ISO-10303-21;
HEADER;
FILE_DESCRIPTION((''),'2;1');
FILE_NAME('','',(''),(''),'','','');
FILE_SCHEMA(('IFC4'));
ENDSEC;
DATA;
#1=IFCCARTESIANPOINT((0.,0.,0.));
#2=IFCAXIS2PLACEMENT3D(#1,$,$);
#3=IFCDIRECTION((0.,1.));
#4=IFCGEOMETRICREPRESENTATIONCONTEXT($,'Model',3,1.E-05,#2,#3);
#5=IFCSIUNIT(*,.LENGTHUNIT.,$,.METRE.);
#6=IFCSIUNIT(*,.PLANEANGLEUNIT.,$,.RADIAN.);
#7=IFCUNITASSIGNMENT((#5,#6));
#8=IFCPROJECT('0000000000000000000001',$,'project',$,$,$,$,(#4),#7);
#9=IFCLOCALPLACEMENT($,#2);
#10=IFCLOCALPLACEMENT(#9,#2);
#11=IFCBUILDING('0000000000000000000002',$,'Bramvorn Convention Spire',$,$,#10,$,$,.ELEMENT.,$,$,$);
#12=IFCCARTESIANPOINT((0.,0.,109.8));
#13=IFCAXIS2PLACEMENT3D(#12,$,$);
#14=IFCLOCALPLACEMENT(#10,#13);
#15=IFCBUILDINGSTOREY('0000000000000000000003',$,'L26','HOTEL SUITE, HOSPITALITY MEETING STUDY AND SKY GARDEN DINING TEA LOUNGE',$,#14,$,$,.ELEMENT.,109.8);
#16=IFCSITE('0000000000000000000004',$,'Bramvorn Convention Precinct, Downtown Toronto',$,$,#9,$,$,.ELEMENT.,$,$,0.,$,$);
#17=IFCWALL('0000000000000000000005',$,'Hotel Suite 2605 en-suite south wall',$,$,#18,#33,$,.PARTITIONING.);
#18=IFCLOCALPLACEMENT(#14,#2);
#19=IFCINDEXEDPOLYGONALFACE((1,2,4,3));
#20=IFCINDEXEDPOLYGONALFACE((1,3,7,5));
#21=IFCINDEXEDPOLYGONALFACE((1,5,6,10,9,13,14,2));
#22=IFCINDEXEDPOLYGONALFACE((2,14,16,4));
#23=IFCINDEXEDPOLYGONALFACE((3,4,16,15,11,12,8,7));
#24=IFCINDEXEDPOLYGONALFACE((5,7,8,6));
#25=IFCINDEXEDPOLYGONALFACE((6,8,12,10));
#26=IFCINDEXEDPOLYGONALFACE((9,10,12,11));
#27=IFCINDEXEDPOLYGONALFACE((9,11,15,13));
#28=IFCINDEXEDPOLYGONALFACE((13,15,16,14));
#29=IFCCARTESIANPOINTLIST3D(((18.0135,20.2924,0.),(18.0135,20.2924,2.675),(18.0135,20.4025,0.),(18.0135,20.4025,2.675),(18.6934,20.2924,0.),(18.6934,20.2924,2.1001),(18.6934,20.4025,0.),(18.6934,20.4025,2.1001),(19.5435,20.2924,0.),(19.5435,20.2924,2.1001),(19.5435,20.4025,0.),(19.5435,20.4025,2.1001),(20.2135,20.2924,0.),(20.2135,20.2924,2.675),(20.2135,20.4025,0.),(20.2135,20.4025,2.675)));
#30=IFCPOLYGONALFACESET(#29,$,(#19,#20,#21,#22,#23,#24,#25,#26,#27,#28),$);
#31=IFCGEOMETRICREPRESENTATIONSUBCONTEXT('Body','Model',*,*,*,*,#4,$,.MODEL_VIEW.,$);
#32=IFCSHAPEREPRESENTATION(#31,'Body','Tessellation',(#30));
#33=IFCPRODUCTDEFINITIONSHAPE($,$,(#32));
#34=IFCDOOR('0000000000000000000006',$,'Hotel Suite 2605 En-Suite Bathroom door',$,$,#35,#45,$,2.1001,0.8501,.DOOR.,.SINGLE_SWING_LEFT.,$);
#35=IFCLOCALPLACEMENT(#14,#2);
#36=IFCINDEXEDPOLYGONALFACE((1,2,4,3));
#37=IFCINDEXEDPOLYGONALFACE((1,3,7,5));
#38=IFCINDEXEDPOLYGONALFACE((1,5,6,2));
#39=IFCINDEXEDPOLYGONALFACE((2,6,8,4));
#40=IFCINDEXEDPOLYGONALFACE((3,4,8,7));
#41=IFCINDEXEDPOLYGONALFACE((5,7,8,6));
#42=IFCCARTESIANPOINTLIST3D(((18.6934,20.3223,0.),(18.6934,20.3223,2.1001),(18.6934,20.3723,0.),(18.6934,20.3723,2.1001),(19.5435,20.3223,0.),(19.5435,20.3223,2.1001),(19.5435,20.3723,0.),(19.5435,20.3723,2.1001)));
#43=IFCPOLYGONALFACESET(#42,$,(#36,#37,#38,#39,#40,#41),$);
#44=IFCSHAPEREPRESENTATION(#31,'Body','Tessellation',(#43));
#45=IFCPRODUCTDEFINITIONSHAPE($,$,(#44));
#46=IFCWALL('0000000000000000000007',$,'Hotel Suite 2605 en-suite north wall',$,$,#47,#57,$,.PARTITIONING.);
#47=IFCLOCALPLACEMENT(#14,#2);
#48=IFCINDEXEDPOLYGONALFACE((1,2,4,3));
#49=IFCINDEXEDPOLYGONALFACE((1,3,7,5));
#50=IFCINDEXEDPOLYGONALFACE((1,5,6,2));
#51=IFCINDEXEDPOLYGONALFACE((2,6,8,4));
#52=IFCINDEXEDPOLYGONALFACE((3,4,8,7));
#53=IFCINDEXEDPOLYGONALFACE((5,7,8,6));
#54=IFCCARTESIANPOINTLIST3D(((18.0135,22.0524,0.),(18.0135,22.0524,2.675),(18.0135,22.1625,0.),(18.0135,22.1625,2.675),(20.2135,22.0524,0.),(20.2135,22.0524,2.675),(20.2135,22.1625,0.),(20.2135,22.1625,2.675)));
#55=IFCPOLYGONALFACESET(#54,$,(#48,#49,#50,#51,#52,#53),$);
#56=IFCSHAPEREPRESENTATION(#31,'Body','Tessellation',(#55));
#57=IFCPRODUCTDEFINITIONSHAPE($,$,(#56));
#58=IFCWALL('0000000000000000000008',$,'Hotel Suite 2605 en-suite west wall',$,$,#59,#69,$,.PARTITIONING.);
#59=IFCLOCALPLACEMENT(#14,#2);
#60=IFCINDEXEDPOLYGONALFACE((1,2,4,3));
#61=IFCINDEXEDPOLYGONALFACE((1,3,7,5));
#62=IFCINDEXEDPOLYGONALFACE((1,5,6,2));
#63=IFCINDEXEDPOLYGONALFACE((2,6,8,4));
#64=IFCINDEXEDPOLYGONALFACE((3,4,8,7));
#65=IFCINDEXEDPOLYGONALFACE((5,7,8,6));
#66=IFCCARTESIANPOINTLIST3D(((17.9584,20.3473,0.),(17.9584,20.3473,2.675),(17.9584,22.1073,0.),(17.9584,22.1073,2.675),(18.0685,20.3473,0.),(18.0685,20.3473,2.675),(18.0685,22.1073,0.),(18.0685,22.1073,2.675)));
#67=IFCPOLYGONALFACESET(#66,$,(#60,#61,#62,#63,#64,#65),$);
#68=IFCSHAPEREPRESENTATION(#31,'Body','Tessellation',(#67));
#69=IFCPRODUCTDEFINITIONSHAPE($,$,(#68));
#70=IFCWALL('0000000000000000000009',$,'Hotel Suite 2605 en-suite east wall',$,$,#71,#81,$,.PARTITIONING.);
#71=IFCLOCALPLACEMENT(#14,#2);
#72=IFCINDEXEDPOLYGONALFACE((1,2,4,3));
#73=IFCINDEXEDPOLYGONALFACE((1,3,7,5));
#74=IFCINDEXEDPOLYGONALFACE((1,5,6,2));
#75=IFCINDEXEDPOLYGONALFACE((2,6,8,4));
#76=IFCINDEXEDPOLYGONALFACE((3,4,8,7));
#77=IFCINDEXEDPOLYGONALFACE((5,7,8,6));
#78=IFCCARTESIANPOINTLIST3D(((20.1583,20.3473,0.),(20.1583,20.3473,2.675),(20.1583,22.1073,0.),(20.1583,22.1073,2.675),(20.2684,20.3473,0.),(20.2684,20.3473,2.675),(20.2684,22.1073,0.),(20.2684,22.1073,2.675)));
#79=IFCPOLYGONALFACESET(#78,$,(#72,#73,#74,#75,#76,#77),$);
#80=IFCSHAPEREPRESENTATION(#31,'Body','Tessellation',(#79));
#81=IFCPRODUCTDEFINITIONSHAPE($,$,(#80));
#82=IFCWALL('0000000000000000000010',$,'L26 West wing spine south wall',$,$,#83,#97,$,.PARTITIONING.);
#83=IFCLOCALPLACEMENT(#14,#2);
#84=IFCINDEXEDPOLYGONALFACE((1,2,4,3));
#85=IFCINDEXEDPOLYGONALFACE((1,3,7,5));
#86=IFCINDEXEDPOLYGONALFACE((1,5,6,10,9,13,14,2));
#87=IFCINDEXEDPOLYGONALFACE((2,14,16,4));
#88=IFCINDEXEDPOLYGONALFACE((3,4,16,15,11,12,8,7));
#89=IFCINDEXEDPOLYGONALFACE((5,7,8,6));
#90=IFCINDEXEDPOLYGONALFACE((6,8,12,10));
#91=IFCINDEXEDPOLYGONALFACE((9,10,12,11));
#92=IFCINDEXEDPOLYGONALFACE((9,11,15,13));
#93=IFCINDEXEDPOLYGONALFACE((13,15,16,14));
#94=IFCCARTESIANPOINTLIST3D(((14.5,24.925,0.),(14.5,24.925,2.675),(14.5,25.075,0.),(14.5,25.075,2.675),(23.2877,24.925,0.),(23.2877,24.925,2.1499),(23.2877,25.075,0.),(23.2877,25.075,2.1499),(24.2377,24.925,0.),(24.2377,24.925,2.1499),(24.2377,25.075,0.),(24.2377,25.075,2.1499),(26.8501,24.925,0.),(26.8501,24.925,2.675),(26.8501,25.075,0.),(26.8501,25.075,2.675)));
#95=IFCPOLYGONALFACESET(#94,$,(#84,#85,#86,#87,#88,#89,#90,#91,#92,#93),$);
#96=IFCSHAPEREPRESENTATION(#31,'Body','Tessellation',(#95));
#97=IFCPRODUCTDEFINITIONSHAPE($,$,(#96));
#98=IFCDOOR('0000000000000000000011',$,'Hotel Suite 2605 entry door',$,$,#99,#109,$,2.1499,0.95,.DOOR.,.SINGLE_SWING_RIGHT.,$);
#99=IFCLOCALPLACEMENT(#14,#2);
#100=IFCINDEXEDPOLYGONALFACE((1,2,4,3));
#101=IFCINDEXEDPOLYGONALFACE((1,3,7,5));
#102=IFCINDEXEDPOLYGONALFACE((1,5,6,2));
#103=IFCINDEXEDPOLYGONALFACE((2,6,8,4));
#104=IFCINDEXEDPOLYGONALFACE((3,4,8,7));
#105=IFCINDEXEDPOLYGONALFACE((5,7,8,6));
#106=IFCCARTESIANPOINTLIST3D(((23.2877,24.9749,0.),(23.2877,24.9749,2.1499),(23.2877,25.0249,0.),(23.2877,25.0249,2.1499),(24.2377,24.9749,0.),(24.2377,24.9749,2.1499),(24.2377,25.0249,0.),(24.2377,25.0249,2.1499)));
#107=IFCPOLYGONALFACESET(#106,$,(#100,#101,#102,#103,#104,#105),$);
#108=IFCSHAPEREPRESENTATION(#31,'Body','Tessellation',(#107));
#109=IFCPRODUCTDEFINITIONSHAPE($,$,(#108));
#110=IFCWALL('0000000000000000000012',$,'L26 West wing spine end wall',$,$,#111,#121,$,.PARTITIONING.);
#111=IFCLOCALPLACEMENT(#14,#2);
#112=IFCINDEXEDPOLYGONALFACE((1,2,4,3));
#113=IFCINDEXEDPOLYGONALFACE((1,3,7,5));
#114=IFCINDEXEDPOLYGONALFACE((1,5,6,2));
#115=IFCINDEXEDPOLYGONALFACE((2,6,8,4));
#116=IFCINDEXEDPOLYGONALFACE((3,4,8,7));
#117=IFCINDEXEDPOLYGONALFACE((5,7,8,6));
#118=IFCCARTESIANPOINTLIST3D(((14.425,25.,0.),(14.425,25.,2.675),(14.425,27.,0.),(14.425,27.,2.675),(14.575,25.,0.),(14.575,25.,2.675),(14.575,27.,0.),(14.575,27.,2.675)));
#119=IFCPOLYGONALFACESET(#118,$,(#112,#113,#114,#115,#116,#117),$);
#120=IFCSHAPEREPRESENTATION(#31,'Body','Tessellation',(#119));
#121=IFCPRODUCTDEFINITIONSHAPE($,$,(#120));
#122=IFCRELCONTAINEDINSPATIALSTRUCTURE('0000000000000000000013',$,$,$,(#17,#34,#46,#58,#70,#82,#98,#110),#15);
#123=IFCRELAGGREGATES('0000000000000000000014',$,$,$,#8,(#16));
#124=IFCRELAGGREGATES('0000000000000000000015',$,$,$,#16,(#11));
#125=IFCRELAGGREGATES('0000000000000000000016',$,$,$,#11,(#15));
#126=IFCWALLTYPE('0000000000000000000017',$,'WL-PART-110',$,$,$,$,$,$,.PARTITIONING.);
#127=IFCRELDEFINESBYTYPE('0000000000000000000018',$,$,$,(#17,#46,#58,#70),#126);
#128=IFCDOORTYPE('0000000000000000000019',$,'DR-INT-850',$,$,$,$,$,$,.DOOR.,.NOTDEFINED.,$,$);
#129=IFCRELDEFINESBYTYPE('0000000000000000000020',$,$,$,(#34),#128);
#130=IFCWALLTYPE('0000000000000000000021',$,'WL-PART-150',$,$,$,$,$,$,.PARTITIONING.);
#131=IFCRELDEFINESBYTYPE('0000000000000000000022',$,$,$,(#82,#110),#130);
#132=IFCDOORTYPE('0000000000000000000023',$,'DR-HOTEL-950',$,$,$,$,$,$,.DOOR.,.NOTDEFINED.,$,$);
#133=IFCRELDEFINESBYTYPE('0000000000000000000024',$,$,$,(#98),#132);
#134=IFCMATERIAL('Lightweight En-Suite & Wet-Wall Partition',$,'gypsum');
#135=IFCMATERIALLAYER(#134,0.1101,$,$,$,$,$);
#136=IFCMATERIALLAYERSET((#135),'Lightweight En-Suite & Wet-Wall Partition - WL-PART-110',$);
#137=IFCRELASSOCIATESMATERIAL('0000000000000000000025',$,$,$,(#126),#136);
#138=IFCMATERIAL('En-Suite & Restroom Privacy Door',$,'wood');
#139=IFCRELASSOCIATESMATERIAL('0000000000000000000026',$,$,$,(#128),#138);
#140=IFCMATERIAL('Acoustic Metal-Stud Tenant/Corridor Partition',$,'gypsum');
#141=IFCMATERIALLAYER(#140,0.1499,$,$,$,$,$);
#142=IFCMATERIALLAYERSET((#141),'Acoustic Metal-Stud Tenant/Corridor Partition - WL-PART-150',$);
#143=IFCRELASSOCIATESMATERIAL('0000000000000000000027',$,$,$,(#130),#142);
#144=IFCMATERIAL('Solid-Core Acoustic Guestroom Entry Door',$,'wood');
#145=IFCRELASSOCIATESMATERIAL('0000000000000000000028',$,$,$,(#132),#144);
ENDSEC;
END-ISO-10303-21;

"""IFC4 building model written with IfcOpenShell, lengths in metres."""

from ifc_helpers import new_model, si_unit, direction, frame, frame_2d, origin, place, context, subcontext, project, spatial, rectangle, extrude, material, layer, layer_set, type_object, element, fill, save


model = new_model("IFC4")

# Units and contexts
model_context = context("Model", 3, precision=1e-05, world=origin(), true_north=direction((0.0, 1.0)))
body_context = subcontext(model_context, "Body", "Model", "MODEL_VIEW")
ifc_project = project(units=[si_unit("LENGTHUNIT", "METRE"), si_unit("PLANEANGLEUNIT", "RADIAN")], contexts=[model_context])

# Site, building, storey
site_placement = place(None, origin())
site = spatial("IfcSite", under=ifc_project, at=site_placement, Name="Bramvorn Convention Precinct, Downtown Toronto", CompositionType="ELEMENT", RefElevation=0.0)
building_placement = place(site_placement, origin())
building = spatial("IfcBuilding", under=site, at=building_placement, Name="Bramvorn Convention Spire", CompositionType="ELEMENT")
storey_placement = place(building_placement, frame((0.0, 0.0, 109.8)))
storey = spatial("IfcBuildingStorey", under=building, at=storey_placement, Name="L26", Description="HOTEL SUITE, HOSPITALITY MEETING STUDY AND SKY GARDEN DINING TEA LOUNGE", CompositionType="ELEMENT", Elevation=109.8)

# Wall, opening, door
ifc_material_1 = material(Name="Lightweight En-Suite & Wet-Wall Partition", Category="gypsum")
ifc_layer_1 = layer(ifc_material_1, 0.1101)
ifc_layer_set_1 = layer_set([ifc_layer_1], Name="Lightweight En-Suite & Wet-Wall Partition - WL-PART-110")
wall_type_1 = type_object("IfcWallType", Name="WL-PART-110", PredefinedType="PARTITIONING", material=ifc_layer_set_1)
wall_1_placement = place(storey_placement, frame((18.0134, 20.3474, 0.0), z_axis=(0.0, 0.0, 1.0), x_axis=(1.0, 0.0, 0.0)))
wall_1 = element("IfcWall", 1, at=wall_1_placement, inside=storey, type_object=wall_type_1, Name="Hotel Suite 2605 en-suite south wall", PredefinedType="PARTITIONING", context=body_context, shape_type="SweptSolid", body=[
    extrude(rectangle(XDim=2.2, YDim=0.1101, at=frame_2d((1.1001, 0.0))), origin(), (0.0, 0.0, 1.0), 2.675),
])
opening_1_placement = place(wall_1_placement, frame((0.6799, 0.0, 0.0)))
opening_1 = element("IfcOpeningElement", 2, at=opening_1_placement, cuts=wall_1, PredefinedType="OPENING", context=body_context, shape_type="SweptSolid", body=[
    extrude(rectangle(XDim=0.8501, YDim=2.1001, at=frame_2d((0.425, 1.05))), frame((0.0, 0.0649, 0.0), z_axis=(0.0, -1.0, 0.0), x_axis=(1.0, 0.0, 0.0)), (0.0, 0.0, 1.0), 0.1301),
])
ifc_material_2 = material(Name="En-Suite & Restroom Privacy Door", Category="wood")
door_type_1 = type_object("IfcDoorType", Name="DR-INT-850", OperationType="NOTDEFINED", PredefinedType="DOOR", material=ifc_material_2)
door_1_placement = place(opening_1_placement, origin())
door_1 = element("IfcDoor", 3, at=door_1_placement, inside=storey, type_object=door_type_1, Name="Hotel Suite 2605 En-Suite Bathroom door", OperationType="SINGLE_SWING_LEFT", OverallHeight=2.1001, OverallWidth=0.8501, PredefinedType="DOOR", context=body_context, shape_type="SweptSolid", body=[
    extrude(rectangle(XDim=0.8501, YDim=2.1001, at=frame_2d((0.425, 1.05))), frame((0.0, 0.0249, 0.0), z_axis=(0.0, -1.0, 0.0), x_axis=(1.0, 0.0, 0.0)), (0.0, 0.0, 1.0), 0.05),
])
fill(opening_1, door_1)

# Walls
wall_2_placement = place(storey_placement, frame((18.0134, 22.1074, 0.0), z_axis=(0.0, 0.0, 1.0), x_axis=(1.0, 0.0, 0.0)))
element("IfcWall", 4, at=wall_2_placement, inside=storey, type_object=wall_type_1, Name="Hotel Suite 2605 en-suite north wall", PredefinedType="PARTITIONING", context=body_context, shape_type="SweptSolid", body=[
    extrude(rectangle(XDim=2.2, YDim=0.1101, at=frame_2d((1.1001, 0.0))), origin(), (0.0, 0.0, 1.0), 2.675),
])
for number, where, z_axis, x_axis, name in (
    (5, (18.0134, 20.3474, 0.0), (0.0, 0.0, 1.0), (0.0, 1.0, 0.0), "Hotel Suite 2605 en-suite west wall"),
    (6, (20.2134, 20.3474, 0.0), (0.0, 0.0, 1.0), (0.0, 1.0, 0.0), "Hotel Suite 2605 en-suite east wall"),
):
    element("IfcWall", number, at=place(storey_placement, frame(where, z_axis=z_axis, x_axis=x_axis)), inside=storey, type_object=wall_type_1, Name=name, PredefinedType="PARTITIONING", context=body_context, shape_type="SweptSolid", body=[
        extrude(rectangle(XDim=1.76, YDim=0.1101, at=frame_2d((0.8799, 0.0))), origin(), (0.0, 0.0, 1.0), 2.675),
    ])

# Wall, opening, door
ifc_material_3 = material(Name="Acoustic Metal-Stud Tenant/Corridor Partition", Category="gypsum")
ifc_layer_2 = layer(ifc_material_3, 0.1499)
ifc_layer_set_2 = layer_set([ifc_layer_2], Name="Acoustic Metal-Stud Tenant/Corridor Partition - WL-PART-150")
wall_type_2 = type_object("IfcWallType", Name="WL-PART-150", PredefinedType="PARTITIONING", material=ifc_layer_set_2)
wall_3_placement = place(storey_placement, frame((14.5, 25.0, 0.0), z_axis=(0.0, 0.0, 1.0), x_axis=(1.0, 0.0, 0.0)))
wall_3 = element("IfcWall", 7, at=wall_3_placement, inside=storey, type_object=wall_type_2, Name="L26 West wing spine south wall", PredefinedType="PARTITIONING", context=body_context, shape_type="SweptSolid", body=[
    extrude(rectangle(XDim=12.3501, YDim=0.1499, at=frame_2d((6.175, 0.0))), origin(), (0.0, 0.0, 1.0), 2.675),
])
opening_2_placement = place(wall_3_placement, frame((8.7876, 0.0, 0.0)))
opening_2 = element("IfcOpeningElement", 8, at=opening_2_placement, cuts=wall_3, PredefinedType="OPENING", context=body_context, shape_type="SweptSolid", body=[
    extrude(rectangle(XDim=0.95, YDim=2.1499, at=frame_2d((0.4751, 1.075))), frame((0.0, 0.085, 0.0), z_axis=(0.0, -1.0, 0.0), x_axis=(1.0, 0.0, 0.0)), (0.0, 0.0, 1.0), 0.1699),
])
ifc_material_4 = material(Name="Solid-Core Acoustic Guestroom Entry Door", Category="wood")
door_type_2 = type_object("IfcDoorType", Name="DR-HOTEL-950", OperationType="NOTDEFINED", PredefinedType="DOOR", material=ifc_material_4)
door_2_placement = place(opening_2_placement, origin())
door_2 = element("IfcDoor", 9, at=door_2_placement, inside=storey, type_object=door_type_2, Name="Hotel Suite 2605 entry door", OperationType="SINGLE_SWING_RIGHT", OverallHeight=2.1499, OverallWidth=0.95, PredefinedType="DOOR", context=body_context, shape_type="SweptSolid", body=[
    extrude(rectangle(XDim=0.95, YDim=2.1499, at=frame_2d((0.4751, 1.075))), frame((0.0, 0.0249, 0.0), z_axis=(0.0, -1.0, 0.0), x_axis=(1.0, 0.0, 0.0)), (0.0, 0.0, 1.0), 0.05),
])
fill(opening_2, door_2)

# Wall
wall_4_placement = place(storey_placement, frame((14.5, 25.0, 0.0), z_axis=(0.0, 0.0, 1.0), x_axis=(0.0, 1.0, 0.0)))
element("IfcWall", 10, at=wall_4_placement, inside=storey, type_object=wall_type_2, Name="L26 West wing spine end wall", PredefinedType="PARTITIONING", context=body_context, shape_type="SweptSolid", body=[
    extrude(rectangle(XDim=2.0, YDim=0.1499, at=frame_2d((1.0, 0.0))), origin(), (0.0, 0.0, 1.0), 2.675),
])

save(model, "model.ifc")
